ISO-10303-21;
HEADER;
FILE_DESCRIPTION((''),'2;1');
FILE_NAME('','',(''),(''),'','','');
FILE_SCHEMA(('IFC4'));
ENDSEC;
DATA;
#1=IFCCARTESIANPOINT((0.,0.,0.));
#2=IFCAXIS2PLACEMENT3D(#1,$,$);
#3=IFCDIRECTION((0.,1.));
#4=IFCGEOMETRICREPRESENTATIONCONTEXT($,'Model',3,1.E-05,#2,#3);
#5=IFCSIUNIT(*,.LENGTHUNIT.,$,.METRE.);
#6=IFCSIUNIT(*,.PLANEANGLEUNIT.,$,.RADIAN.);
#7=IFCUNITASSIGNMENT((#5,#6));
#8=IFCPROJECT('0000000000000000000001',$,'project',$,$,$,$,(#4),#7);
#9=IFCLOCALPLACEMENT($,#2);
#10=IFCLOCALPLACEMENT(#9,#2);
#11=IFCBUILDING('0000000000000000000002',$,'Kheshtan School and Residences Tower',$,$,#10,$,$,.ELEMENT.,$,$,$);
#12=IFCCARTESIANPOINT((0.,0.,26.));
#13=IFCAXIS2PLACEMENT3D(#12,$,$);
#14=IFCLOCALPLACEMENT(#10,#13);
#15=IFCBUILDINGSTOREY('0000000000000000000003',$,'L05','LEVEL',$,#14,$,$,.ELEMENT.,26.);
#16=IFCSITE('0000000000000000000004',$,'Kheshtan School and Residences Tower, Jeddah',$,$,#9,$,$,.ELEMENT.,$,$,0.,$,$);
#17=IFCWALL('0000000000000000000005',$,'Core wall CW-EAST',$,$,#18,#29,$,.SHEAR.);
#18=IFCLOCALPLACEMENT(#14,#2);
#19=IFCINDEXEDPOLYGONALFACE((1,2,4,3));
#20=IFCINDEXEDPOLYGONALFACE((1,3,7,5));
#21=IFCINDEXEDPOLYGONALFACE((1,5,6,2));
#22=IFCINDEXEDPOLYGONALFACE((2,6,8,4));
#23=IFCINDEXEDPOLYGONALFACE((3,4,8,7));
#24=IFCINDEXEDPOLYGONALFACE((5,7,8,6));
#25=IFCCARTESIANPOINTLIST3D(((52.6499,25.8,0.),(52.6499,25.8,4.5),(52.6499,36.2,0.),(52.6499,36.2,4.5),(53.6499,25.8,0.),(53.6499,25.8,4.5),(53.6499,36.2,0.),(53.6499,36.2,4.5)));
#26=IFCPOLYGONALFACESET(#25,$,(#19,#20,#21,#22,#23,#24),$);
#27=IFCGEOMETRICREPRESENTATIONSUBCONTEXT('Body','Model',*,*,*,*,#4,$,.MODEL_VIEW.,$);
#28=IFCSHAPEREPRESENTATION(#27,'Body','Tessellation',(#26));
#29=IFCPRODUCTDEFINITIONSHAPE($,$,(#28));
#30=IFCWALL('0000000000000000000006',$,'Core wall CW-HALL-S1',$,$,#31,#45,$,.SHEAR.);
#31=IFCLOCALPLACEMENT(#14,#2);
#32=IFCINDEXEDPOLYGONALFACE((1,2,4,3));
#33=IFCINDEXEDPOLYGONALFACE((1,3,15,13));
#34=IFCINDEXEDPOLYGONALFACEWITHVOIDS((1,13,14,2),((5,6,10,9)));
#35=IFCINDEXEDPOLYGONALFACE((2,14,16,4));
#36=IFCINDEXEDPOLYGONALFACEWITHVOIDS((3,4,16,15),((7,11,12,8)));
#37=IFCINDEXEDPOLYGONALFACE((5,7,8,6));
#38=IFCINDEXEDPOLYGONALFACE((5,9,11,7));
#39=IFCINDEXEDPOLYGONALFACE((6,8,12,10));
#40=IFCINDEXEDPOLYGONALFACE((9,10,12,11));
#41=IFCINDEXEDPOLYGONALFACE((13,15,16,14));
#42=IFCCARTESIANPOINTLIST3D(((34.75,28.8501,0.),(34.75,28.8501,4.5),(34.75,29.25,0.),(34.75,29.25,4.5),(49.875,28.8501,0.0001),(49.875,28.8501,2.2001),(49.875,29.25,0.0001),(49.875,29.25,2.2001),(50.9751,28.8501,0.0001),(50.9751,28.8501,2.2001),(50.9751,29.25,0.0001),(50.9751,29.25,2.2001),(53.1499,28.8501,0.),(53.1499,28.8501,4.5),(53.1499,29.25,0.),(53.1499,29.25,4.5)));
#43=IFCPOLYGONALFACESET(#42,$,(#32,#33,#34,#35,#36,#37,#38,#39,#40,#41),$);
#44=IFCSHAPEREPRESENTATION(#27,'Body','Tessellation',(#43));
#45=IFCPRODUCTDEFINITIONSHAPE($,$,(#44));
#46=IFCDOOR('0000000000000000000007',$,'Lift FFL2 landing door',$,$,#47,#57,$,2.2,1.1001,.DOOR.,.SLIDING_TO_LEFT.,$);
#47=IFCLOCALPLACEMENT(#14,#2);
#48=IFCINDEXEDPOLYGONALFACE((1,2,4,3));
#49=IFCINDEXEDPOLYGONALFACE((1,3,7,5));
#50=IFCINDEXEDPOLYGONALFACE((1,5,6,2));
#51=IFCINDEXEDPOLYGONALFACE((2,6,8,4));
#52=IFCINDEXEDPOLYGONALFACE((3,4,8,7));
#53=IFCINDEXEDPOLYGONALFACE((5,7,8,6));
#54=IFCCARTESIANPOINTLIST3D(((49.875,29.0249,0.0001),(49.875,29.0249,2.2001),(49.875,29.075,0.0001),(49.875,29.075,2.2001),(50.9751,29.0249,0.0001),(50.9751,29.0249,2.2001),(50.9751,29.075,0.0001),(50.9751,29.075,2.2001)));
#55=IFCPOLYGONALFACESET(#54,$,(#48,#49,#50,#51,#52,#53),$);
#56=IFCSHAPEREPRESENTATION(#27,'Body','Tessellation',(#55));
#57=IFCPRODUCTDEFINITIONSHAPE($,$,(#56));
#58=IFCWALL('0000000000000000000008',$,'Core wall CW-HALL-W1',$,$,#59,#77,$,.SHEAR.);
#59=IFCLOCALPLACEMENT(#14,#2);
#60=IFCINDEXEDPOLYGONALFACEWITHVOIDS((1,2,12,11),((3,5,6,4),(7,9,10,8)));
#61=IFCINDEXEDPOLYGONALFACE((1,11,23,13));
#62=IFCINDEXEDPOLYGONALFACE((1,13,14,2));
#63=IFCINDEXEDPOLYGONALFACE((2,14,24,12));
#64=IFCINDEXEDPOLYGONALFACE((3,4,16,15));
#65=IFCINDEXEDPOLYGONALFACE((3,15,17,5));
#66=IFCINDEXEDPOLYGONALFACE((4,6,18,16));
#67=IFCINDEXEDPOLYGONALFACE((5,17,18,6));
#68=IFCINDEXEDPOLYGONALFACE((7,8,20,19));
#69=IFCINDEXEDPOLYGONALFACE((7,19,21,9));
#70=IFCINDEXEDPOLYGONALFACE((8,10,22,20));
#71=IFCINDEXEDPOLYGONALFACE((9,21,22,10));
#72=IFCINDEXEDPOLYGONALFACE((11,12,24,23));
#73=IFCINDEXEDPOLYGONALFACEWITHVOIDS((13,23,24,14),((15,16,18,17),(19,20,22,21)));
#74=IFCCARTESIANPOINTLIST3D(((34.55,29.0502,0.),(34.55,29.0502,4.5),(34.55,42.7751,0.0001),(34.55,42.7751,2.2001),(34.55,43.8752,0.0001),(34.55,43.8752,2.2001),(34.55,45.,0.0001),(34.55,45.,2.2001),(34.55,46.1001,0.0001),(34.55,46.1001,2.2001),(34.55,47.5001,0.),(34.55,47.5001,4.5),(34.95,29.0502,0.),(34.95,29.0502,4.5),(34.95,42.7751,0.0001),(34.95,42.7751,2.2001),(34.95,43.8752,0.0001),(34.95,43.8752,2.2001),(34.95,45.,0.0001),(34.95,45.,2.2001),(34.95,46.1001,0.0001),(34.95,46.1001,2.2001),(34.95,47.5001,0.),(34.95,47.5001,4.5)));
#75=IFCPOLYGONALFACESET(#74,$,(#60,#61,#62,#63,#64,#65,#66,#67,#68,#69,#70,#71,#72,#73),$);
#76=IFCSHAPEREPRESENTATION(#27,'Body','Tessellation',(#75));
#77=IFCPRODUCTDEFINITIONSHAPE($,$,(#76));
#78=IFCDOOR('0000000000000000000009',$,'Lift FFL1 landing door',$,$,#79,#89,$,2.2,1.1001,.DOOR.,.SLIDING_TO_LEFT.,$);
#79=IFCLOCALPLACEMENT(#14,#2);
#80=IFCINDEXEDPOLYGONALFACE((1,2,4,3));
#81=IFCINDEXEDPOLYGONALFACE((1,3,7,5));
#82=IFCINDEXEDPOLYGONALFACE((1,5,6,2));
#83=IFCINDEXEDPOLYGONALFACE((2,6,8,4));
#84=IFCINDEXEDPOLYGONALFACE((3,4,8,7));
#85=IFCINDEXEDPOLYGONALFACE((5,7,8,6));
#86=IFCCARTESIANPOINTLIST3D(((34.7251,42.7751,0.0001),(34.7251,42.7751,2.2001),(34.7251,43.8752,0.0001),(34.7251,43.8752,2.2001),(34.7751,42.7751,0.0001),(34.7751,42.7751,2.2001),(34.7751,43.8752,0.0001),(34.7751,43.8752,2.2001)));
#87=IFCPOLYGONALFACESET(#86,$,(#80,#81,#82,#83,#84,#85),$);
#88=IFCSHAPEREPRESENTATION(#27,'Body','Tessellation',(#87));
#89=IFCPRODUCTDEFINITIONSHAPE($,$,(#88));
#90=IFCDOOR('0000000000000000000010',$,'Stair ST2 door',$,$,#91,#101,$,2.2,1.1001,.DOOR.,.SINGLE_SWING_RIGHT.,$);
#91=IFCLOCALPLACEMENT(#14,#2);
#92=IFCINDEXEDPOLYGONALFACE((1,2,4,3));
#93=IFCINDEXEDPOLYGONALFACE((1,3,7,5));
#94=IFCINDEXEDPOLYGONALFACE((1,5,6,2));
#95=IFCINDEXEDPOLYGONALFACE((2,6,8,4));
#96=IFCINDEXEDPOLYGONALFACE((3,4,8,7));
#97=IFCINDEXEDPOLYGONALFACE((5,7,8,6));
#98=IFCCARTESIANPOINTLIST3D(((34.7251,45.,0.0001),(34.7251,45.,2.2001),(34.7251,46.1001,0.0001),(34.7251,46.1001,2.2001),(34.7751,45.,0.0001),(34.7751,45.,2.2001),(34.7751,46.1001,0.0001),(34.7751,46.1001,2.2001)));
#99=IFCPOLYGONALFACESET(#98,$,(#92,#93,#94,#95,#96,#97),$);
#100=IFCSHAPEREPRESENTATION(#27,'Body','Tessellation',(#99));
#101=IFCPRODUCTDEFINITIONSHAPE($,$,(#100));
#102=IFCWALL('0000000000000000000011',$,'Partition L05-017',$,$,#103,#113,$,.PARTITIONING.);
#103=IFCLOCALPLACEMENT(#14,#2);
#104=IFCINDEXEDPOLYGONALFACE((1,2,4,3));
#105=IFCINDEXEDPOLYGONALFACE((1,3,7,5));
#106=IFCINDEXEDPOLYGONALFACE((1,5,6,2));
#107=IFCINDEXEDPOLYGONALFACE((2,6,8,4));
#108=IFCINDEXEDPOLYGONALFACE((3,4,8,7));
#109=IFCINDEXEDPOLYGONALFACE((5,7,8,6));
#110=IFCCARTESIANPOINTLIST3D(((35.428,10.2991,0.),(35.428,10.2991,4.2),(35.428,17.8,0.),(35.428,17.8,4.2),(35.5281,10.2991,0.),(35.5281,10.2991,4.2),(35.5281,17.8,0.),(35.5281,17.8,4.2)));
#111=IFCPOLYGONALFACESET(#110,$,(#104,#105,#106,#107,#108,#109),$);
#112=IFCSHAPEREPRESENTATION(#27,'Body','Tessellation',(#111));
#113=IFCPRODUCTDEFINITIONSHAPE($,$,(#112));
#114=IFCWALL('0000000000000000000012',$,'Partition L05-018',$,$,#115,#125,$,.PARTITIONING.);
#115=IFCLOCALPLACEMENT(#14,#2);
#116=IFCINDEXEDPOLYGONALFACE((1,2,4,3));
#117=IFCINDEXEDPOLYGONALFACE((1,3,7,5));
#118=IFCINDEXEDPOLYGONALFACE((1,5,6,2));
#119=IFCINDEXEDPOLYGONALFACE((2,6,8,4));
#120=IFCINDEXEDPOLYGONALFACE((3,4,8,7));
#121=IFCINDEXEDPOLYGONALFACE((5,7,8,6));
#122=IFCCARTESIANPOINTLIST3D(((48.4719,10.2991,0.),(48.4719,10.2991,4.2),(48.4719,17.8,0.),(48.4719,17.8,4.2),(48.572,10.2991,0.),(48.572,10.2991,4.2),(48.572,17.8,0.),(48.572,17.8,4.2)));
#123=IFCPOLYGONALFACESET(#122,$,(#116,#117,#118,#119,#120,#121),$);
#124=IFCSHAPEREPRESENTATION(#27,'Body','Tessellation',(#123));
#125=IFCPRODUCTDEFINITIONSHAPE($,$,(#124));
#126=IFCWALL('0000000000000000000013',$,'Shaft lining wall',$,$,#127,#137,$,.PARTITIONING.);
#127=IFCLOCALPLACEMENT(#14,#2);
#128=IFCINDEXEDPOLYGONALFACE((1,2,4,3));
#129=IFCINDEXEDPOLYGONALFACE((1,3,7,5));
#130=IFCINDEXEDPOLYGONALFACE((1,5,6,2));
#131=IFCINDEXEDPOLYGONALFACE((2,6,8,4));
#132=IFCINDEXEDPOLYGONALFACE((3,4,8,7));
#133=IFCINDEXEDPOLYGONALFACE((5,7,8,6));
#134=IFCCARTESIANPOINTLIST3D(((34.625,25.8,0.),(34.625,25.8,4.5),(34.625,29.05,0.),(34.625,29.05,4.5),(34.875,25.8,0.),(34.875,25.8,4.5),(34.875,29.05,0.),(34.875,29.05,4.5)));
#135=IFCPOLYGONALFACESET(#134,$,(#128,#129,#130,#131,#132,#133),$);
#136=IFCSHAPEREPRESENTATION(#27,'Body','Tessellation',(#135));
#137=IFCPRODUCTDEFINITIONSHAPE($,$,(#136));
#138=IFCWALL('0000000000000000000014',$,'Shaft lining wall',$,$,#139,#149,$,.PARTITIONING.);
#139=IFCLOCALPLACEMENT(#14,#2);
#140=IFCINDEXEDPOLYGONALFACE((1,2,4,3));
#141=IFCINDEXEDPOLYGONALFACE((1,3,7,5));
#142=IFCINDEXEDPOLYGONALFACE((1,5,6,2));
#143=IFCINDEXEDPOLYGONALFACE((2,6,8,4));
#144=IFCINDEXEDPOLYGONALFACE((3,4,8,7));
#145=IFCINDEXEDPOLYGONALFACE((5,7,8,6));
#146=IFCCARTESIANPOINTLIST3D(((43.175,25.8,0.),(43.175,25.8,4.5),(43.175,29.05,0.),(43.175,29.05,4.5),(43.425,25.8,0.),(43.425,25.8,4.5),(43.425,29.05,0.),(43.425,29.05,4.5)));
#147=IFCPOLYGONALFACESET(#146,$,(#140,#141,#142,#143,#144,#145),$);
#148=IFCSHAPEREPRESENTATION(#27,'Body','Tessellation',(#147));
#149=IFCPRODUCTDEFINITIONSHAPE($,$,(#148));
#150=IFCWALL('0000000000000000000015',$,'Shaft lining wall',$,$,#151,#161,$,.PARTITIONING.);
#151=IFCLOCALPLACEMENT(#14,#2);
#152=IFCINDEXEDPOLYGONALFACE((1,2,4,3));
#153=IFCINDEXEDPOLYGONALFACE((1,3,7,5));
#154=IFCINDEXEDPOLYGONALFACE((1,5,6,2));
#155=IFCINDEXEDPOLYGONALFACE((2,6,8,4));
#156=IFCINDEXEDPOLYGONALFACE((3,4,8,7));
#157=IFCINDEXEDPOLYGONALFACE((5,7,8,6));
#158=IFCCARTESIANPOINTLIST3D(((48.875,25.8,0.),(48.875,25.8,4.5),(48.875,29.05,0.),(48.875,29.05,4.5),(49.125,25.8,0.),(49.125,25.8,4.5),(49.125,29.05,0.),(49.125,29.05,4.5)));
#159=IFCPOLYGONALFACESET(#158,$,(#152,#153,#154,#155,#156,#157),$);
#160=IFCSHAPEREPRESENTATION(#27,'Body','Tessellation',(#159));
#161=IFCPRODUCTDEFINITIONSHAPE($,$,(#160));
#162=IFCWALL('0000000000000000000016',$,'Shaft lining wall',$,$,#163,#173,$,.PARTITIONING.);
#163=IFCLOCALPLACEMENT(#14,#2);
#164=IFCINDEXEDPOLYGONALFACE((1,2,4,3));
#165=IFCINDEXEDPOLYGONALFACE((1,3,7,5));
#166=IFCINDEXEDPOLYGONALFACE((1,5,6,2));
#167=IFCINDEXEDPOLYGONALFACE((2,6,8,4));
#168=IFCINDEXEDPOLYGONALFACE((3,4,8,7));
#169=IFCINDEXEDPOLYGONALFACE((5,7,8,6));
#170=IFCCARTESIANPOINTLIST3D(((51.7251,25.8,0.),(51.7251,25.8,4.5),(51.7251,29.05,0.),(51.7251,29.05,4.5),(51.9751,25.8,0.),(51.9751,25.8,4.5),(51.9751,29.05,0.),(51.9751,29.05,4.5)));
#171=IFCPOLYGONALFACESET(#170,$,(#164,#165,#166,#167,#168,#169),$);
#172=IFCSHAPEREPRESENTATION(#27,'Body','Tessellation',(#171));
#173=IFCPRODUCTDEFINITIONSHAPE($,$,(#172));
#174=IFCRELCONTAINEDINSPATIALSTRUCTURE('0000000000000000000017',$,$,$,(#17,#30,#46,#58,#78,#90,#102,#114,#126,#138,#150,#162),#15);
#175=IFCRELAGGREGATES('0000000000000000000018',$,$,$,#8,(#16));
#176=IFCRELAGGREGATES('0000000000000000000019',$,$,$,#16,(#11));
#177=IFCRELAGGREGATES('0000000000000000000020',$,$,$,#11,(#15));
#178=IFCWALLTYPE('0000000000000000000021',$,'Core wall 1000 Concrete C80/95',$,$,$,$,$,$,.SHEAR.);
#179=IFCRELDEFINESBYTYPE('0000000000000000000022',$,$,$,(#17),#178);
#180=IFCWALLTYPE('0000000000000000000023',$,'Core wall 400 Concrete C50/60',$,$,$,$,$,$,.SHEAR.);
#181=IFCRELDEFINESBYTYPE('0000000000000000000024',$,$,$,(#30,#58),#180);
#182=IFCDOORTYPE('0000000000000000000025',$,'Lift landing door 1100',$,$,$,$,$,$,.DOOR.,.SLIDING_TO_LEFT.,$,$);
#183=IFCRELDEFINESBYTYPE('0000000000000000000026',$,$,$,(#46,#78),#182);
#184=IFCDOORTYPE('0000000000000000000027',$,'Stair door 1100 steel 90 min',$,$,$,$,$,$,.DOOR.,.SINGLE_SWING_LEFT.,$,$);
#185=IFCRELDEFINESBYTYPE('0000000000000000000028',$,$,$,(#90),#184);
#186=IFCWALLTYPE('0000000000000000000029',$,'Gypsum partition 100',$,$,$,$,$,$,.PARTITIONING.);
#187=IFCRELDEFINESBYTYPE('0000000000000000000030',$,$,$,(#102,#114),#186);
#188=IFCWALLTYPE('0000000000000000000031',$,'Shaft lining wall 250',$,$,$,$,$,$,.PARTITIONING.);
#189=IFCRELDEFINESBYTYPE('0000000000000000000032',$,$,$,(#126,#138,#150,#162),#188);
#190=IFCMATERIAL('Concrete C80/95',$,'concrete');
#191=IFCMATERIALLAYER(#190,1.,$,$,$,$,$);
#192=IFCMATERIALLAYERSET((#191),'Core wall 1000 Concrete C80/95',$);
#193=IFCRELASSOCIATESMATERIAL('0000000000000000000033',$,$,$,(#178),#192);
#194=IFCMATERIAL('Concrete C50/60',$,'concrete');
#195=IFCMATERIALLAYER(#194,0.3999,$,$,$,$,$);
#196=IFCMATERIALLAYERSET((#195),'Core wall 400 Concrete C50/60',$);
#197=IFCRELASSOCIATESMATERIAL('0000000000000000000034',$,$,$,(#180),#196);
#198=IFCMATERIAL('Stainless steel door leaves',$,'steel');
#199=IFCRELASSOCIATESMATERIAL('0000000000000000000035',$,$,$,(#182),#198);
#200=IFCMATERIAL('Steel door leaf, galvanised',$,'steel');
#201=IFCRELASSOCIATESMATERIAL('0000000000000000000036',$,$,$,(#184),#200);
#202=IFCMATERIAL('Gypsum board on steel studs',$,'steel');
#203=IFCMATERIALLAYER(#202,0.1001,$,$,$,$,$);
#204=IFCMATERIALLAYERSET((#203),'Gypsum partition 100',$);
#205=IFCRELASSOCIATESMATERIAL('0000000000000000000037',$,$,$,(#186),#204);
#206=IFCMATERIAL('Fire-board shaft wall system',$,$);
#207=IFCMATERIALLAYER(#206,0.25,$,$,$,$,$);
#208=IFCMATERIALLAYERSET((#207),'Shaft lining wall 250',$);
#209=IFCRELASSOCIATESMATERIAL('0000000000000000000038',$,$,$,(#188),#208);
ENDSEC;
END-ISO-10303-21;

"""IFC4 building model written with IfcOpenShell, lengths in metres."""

from ifc_helpers import new_model, si_unit, direction, frame, frame_2d, origin, place, context, subcontext, project, spatial, rectangle, extrude, source, transform, mapped, material, layer, layer_set, type_object, element, fill, save


model = new_model("IFC4")

# Units and contexts
model_context = context("Model", 3, precision=1e-05, world=origin(), true_north=direction((0.0, 1.0)))
body_context = subcontext(model_context, "Body", "Model", "MODEL_VIEW")
ifc_project = project(units=[si_unit("LENGTHUNIT", "METRE"), si_unit("PLANEANGLEUNIT", "RADIAN")], contexts=[model_context])

# Site, building, storey
site_placement = place(None, origin())
site = spatial("IfcSite", under=ifc_project, at=site_placement, Name="Kheshtan School and Residences Tower, Jeddah", CompositionType="ELEMENT", RefElevation=0.0)
building_placement = place(site_placement, origin())
building = spatial("IfcBuilding", under=site, at=building_placement, Name="Kheshtan School and Residences Tower", CompositionType="ELEMENT")
storey_placement = place(building_placement, frame((0.0, 0.0, 26.0)))
storey = spatial("IfcBuildingStorey", under=building, at=storey_placement, Name="L05", Description="LEVEL", CompositionType="ELEMENT", Elevation=26.0)

# Wall
ifc_material_1 = material(Name="Concrete C80/95", Category="concrete")
ifc_layer_1 = layer(ifc_material_1, 1.0)
ifc_layer_set_1 = layer_set([ifc_layer_1], Name="Core wall 1000 Concrete C80/95")
wall_type_1 = type_object("IfcWallType", Name="Core wall 1000 Concrete C80/95", PredefinedType="SHEAR", material=ifc_layer_set_1)
wall_1_placement = place(storey_placement, frame((53.1499, 25.8, 0.0), z_axis=(0.0, 0.0, 1.0), x_axis=(0.0, 1.0, 0.0)))
element("IfcWall", 1, at=wall_1_placement, inside=storey, type_object=wall_type_1, Name="Core wall CW-EAST", PredefinedType="SHEAR", context=body_context, shape_type="SweptSolid", body=[
    extrude(rectangle(XDim=10.3999, YDim=1.0, at=frame_2d((5.2, 0.0))), origin(), (0.0, 0.0, 1.0), 4.5),
])

# Wall, opening, door
ifc_material_2 = material(Name="Concrete C50/60", Category="concrete")
ifc_layer_2 = layer(ifc_material_2, 0.3999)
ifc_layer_set_2 = layer_set([ifc_layer_2], Name="Core wall 400 Concrete C50/60")
wall_type_2 = type_object("IfcWallType", Name="Core wall 400 Concrete C50/60", PredefinedType="SHEAR", material=ifc_layer_set_2)
wall_2_placement = place(storey_placement, frame((34.75, 29.05, 0.0), z_axis=(0.0, 0.0, 1.0), x_axis=(1.0, 0.0, 0.0)))
wall_2 = element("IfcWall", 2, at=wall_2_placement, inside=storey, type_object=wall_type_2, Name="Core wall CW-HALL-S1", PredefinedType="SHEAR", context=body_context, shape_type="SweptSolid", body=[
    extrude(rectangle(XDim=18.3999, YDim=0.3999, at=frame_2d((9.2, 0.0))), origin(), (0.0, 0.0, 1.0), 4.5),
])
opening_1_placement = place(wall_2_placement, frame((15.125, 0.0, 0.0)))
opening_1 = element("IfcOpeningElement", 3, at=opening_1_placement, cuts=wall_2, PredefinedType="OPENING", context=body_context, shape_type="SweptSolid", body=[
    extrude(rectangle(XDim=1.1001, YDim=2.2, at=frame_2d((0.55, 1.1001))), frame((0.0, 0.21, 0.0), z_axis=(0.0, -1.0, 0.0), x_axis=(1.0, 0.0, 0.0)), (0.0, 0.0, 1.0), 0.4199),
])
ifc_material_3 = material(Name="Stainless steel door leaves", Category="steel")
door_type_1 = type_object("IfcDoorType", Name="Lift landing door 1100", OperationType="SLIDING_TO_LEFT", PredefinedType="DOOR", material=ifc_material_3)
shared_shape_1 = source(origin(), body_context, "Body", "SweptSolid", [
    extrude(rectangle(XDim=1.1001, YDim=2.2, at=frame_2d((0.55, 1.1001))), frame((0.0, 0.0249, 0.0), z_axis=(0.0, -1.0, 0.0), x_axis=(1.0, 0.0, 0.0)), (0.0, 0.0, 1.0), 0.05),
])
door_1_placement = place(opening_1_placement, origin())
door_1 = element("IfcDoor", 4, at=door_1_placement, inside=storey, type_object=door_type_1, Name="Lift FFL2 landing door", OperationType="SLIDING_TO_LEFT", OverallHeight=2.2, OverallWidth=1.1001, PredefinedType="DOOR", context=body_context, shape_type="MappedRepresentation", body=[
    mapped(shared_shape_1, transform((0.0, 0.0, 0.0), x_axis=(1.0, 0.0, 0.0), y_axis=(0.0, 1.0, 0.0), z_axis=(0.0, 0.0, 1.0), scale=1.0)),
])
fill(opening_1, door_1)

# Wall, openings, doors
wall_3_placement = place(storey_placement, frame((34.75, 29.05, 0.0), z_axis=(0.0, 0.0, 1.0), x_axis=(0.0, 1.0, 0.0)))
wall_3 = element("IfcWall", 5, at=wall_3_placement, inside=storey, type_object=wall_type_2, Name="Core wall CW-HALL-W1", PredefinedType="SHEAR", context=body_context, shape_type="SweptSolid", body=[
    extrude(rectangle(XDim=18.45, YDim=0.3999, at=frame_2d((9.2251, 0.0))), origin(), (0.0, 0.0, 1.0), 4.5),
])
opening_2_placement = place(wall_3_placement, frame((13.7251, 0.0, 0.0)))
opening_2 = element("IfcOpeningElement", 6, at=opening_2_placement, cuts=wall_3, PredefinedType="OPENING", context=body_context, shape_type="SweptSolid", body=[
    extrude(rectangle(XDim=1.1001, YDim=2.2, at=frame_2d((0.55, 1.1001))), frame((0.0, 0.21, 0.0), z_axis=(0.0, -1.0, 0.0), x_axis=(1.0, 0.0, 0.0)), (0.0, 0.0, 1.0), 0.4199),
])
opening_3_placement = place(wall_3_placement, frame((15.95, 0.0, 0.0)))
opening_3 = element("IfcOpeningElement", 7, at=opening_3_placement, cuts=wall_3, PredefinedType="OPENING", context=body_context, shape_type="SweptSolid", body=[
    extrude(rectangle(XDim=1.1001, YDim=2.2, at=frame_2d((0.55, 1.1001))), frame((0.0, 0.21, 0.0), z_axis=(0.0, -1.0, 0.0), x_axis=(1.0, 0.0, 0.0)), (0.0, 0.0, 1.0), 0.4199),
])
door_2_placement = place(opening_2_placement, origin())
door_2 = element("IfcDoor", 8, at=door_2_placement, inside=storey, type_object=door_type_1, Name="Lift FFL1 landing door", OperationType="SLIDING_TO_LEFT", OverallHeight=2.2, OverallWidth=1.1001, PredefinedType="DOOR", context=body_context, shape_type="MappedRepresentation", body=[
    mapped(shared_shape_1, transform((0.0, 0.0, 0.0), x_axis=(1.0, 0.0, 0.0), y_axis=(0.0, 1.0, 0.0), z_axis=(0.0, 0.0, 1.0), scale=1.0)),
])
fill(opening_2, door_2)
ifc_material_4 = material(Name="Steel door leaf, galvanised", Category="steel")
door_type_2 = type_object("IfcDoorType", Name="Stair door 1100 steel 90 min", OperationType="SINGLE_SWING_LEFT", PredefinedType="DOOR", material=ifc_material_4)
shared_shape_2 = source(origin(), body_context, "Body", "SweptSolid", [
    extrude(rectangle(XDim=1.1001, YDim=2.2, at=frame_2d((0.55, 1.1001))), frame((0.0, 0.0249, 0.0), z_axis=(0.0, -1.0, 0.0), x_axis=(1.0, 0.0, 0.0)), (0.0, 0.0, 1.0), 0.05),
])
door_3_placement = place(opening_3_placement, origin())
door_3 = element("IfcDoor", 9, at=door_3_placement, inside=storey, type_object=door_type_2, Name="Stair ST2 door", OperationType="SINGLE_SWING_RIGHT", OverallHeight=2.2, OverallWidth=1.1001, PredefinedType="DOOR", context=body_context, shape_type="MappedRepresentation", body=[
    mapped(shared_shape_2, transform((0.0, 0.0, 0.0), x_axis=(1.0, 0.0, 0.0), y_axis=(0.0, 1.0, 0.0), z_axis=(0.0, 0.0, 1.0), scale=1.0)),
])
fill(opening_3, door_3)

# Walls
ifc_material_5 = material(Name="Gypsum board on steel studs", Category="steel")
ifc_layer_3 = layer(ifc_material_5, 0.1001)
ifc_layer_set_3 = layer_set([ifc_layer_3], Name="Gypsum partition 100")
wall_type_3 = type_object("IfcWallType", Name="Gypsum partition 100", PredefinedType="PARTITIONING", material=ifc_layer_set_3)
for number, where, z_axis, x_axis, name in (
    (10, (35.478, 10.2991, 0.0), (0.0, 0.0, 1.0), (0.0, 1.0, 0.0), "Partition L05-017"),
    (11, (48.522, 10.2991, 0.0), (0.0, 0.0, 1.0), (0.0, 1.0, 0.0), "Partition L05-018"),
):
    element("IfcWall", number, at=place(storey_placement, frame(where, z_axis=z_axis, x_axis=x_axis)), inside=storey, type_object=wall_type_3, Name=name, PredefinedType="PARTITIONING", context=body_context, shape_type="SweptSolid", body=[
        extrude(rectangle(XDim=7.501, YDim=0.1001, at=frame_2d((3.7505, 0.0))), origin(), (0.0, 0.0, 1.0), 4.2),
    ])
ifc_material_6 = material(Name="Fire-board shaft wall system")
ifc_layer_4 = layer(ifc_material_6, 0.25)
ifc_layer_set_4 = layer_set([ifc_layer_4], Name="Shaft lining wall 250")
wall_type_4 = type_object("IfcWallType", Name="Shaft lining wall 250", PredefinedType="PARTITIONING", material=ifc_layer_set_4)
for number, where, z_axis, x_axis, name in (
    (12, (34.75, 25.8, 0.0), (0.0, 0.0, 1.0), (0.0, 1.0, 0.0), "Shaft lining wall"),
    (13, (43.3, 25.8, 0.0), (0.0, 0.0, 1.0), (0.0, 1.0, 0.0), "Shaft lining wall"),
    (14, (49.0, 25.8, 0.0), (0.0, 0.0, 1.0), (0.0, 1.0, 0.0), "Shaft lining wall"),
    (15, (51.8501, 25.8, 0.0), (0.0, 0.0, 1.0), (0.0, 1.0, 0.0), "Shaft lining wall"),
):
    element("IfcWall", number, at=place(storey_placement, frame(where, z_axis=z_axis, x_axis=x_axis)), inside=storey, type_object=wall_type_4, Name=name, PredefinedType="PARTITIONING", context=body_context, shape_type="SweptSolid", body=[
        extrude(rectangle(XDim=3.25, YDim=0.25, at=frame_2d((1.625, 0.0))), origin(), (0.0, 0.0, 1.0), 4.5),
    ])

save(model, "model.ifc")
